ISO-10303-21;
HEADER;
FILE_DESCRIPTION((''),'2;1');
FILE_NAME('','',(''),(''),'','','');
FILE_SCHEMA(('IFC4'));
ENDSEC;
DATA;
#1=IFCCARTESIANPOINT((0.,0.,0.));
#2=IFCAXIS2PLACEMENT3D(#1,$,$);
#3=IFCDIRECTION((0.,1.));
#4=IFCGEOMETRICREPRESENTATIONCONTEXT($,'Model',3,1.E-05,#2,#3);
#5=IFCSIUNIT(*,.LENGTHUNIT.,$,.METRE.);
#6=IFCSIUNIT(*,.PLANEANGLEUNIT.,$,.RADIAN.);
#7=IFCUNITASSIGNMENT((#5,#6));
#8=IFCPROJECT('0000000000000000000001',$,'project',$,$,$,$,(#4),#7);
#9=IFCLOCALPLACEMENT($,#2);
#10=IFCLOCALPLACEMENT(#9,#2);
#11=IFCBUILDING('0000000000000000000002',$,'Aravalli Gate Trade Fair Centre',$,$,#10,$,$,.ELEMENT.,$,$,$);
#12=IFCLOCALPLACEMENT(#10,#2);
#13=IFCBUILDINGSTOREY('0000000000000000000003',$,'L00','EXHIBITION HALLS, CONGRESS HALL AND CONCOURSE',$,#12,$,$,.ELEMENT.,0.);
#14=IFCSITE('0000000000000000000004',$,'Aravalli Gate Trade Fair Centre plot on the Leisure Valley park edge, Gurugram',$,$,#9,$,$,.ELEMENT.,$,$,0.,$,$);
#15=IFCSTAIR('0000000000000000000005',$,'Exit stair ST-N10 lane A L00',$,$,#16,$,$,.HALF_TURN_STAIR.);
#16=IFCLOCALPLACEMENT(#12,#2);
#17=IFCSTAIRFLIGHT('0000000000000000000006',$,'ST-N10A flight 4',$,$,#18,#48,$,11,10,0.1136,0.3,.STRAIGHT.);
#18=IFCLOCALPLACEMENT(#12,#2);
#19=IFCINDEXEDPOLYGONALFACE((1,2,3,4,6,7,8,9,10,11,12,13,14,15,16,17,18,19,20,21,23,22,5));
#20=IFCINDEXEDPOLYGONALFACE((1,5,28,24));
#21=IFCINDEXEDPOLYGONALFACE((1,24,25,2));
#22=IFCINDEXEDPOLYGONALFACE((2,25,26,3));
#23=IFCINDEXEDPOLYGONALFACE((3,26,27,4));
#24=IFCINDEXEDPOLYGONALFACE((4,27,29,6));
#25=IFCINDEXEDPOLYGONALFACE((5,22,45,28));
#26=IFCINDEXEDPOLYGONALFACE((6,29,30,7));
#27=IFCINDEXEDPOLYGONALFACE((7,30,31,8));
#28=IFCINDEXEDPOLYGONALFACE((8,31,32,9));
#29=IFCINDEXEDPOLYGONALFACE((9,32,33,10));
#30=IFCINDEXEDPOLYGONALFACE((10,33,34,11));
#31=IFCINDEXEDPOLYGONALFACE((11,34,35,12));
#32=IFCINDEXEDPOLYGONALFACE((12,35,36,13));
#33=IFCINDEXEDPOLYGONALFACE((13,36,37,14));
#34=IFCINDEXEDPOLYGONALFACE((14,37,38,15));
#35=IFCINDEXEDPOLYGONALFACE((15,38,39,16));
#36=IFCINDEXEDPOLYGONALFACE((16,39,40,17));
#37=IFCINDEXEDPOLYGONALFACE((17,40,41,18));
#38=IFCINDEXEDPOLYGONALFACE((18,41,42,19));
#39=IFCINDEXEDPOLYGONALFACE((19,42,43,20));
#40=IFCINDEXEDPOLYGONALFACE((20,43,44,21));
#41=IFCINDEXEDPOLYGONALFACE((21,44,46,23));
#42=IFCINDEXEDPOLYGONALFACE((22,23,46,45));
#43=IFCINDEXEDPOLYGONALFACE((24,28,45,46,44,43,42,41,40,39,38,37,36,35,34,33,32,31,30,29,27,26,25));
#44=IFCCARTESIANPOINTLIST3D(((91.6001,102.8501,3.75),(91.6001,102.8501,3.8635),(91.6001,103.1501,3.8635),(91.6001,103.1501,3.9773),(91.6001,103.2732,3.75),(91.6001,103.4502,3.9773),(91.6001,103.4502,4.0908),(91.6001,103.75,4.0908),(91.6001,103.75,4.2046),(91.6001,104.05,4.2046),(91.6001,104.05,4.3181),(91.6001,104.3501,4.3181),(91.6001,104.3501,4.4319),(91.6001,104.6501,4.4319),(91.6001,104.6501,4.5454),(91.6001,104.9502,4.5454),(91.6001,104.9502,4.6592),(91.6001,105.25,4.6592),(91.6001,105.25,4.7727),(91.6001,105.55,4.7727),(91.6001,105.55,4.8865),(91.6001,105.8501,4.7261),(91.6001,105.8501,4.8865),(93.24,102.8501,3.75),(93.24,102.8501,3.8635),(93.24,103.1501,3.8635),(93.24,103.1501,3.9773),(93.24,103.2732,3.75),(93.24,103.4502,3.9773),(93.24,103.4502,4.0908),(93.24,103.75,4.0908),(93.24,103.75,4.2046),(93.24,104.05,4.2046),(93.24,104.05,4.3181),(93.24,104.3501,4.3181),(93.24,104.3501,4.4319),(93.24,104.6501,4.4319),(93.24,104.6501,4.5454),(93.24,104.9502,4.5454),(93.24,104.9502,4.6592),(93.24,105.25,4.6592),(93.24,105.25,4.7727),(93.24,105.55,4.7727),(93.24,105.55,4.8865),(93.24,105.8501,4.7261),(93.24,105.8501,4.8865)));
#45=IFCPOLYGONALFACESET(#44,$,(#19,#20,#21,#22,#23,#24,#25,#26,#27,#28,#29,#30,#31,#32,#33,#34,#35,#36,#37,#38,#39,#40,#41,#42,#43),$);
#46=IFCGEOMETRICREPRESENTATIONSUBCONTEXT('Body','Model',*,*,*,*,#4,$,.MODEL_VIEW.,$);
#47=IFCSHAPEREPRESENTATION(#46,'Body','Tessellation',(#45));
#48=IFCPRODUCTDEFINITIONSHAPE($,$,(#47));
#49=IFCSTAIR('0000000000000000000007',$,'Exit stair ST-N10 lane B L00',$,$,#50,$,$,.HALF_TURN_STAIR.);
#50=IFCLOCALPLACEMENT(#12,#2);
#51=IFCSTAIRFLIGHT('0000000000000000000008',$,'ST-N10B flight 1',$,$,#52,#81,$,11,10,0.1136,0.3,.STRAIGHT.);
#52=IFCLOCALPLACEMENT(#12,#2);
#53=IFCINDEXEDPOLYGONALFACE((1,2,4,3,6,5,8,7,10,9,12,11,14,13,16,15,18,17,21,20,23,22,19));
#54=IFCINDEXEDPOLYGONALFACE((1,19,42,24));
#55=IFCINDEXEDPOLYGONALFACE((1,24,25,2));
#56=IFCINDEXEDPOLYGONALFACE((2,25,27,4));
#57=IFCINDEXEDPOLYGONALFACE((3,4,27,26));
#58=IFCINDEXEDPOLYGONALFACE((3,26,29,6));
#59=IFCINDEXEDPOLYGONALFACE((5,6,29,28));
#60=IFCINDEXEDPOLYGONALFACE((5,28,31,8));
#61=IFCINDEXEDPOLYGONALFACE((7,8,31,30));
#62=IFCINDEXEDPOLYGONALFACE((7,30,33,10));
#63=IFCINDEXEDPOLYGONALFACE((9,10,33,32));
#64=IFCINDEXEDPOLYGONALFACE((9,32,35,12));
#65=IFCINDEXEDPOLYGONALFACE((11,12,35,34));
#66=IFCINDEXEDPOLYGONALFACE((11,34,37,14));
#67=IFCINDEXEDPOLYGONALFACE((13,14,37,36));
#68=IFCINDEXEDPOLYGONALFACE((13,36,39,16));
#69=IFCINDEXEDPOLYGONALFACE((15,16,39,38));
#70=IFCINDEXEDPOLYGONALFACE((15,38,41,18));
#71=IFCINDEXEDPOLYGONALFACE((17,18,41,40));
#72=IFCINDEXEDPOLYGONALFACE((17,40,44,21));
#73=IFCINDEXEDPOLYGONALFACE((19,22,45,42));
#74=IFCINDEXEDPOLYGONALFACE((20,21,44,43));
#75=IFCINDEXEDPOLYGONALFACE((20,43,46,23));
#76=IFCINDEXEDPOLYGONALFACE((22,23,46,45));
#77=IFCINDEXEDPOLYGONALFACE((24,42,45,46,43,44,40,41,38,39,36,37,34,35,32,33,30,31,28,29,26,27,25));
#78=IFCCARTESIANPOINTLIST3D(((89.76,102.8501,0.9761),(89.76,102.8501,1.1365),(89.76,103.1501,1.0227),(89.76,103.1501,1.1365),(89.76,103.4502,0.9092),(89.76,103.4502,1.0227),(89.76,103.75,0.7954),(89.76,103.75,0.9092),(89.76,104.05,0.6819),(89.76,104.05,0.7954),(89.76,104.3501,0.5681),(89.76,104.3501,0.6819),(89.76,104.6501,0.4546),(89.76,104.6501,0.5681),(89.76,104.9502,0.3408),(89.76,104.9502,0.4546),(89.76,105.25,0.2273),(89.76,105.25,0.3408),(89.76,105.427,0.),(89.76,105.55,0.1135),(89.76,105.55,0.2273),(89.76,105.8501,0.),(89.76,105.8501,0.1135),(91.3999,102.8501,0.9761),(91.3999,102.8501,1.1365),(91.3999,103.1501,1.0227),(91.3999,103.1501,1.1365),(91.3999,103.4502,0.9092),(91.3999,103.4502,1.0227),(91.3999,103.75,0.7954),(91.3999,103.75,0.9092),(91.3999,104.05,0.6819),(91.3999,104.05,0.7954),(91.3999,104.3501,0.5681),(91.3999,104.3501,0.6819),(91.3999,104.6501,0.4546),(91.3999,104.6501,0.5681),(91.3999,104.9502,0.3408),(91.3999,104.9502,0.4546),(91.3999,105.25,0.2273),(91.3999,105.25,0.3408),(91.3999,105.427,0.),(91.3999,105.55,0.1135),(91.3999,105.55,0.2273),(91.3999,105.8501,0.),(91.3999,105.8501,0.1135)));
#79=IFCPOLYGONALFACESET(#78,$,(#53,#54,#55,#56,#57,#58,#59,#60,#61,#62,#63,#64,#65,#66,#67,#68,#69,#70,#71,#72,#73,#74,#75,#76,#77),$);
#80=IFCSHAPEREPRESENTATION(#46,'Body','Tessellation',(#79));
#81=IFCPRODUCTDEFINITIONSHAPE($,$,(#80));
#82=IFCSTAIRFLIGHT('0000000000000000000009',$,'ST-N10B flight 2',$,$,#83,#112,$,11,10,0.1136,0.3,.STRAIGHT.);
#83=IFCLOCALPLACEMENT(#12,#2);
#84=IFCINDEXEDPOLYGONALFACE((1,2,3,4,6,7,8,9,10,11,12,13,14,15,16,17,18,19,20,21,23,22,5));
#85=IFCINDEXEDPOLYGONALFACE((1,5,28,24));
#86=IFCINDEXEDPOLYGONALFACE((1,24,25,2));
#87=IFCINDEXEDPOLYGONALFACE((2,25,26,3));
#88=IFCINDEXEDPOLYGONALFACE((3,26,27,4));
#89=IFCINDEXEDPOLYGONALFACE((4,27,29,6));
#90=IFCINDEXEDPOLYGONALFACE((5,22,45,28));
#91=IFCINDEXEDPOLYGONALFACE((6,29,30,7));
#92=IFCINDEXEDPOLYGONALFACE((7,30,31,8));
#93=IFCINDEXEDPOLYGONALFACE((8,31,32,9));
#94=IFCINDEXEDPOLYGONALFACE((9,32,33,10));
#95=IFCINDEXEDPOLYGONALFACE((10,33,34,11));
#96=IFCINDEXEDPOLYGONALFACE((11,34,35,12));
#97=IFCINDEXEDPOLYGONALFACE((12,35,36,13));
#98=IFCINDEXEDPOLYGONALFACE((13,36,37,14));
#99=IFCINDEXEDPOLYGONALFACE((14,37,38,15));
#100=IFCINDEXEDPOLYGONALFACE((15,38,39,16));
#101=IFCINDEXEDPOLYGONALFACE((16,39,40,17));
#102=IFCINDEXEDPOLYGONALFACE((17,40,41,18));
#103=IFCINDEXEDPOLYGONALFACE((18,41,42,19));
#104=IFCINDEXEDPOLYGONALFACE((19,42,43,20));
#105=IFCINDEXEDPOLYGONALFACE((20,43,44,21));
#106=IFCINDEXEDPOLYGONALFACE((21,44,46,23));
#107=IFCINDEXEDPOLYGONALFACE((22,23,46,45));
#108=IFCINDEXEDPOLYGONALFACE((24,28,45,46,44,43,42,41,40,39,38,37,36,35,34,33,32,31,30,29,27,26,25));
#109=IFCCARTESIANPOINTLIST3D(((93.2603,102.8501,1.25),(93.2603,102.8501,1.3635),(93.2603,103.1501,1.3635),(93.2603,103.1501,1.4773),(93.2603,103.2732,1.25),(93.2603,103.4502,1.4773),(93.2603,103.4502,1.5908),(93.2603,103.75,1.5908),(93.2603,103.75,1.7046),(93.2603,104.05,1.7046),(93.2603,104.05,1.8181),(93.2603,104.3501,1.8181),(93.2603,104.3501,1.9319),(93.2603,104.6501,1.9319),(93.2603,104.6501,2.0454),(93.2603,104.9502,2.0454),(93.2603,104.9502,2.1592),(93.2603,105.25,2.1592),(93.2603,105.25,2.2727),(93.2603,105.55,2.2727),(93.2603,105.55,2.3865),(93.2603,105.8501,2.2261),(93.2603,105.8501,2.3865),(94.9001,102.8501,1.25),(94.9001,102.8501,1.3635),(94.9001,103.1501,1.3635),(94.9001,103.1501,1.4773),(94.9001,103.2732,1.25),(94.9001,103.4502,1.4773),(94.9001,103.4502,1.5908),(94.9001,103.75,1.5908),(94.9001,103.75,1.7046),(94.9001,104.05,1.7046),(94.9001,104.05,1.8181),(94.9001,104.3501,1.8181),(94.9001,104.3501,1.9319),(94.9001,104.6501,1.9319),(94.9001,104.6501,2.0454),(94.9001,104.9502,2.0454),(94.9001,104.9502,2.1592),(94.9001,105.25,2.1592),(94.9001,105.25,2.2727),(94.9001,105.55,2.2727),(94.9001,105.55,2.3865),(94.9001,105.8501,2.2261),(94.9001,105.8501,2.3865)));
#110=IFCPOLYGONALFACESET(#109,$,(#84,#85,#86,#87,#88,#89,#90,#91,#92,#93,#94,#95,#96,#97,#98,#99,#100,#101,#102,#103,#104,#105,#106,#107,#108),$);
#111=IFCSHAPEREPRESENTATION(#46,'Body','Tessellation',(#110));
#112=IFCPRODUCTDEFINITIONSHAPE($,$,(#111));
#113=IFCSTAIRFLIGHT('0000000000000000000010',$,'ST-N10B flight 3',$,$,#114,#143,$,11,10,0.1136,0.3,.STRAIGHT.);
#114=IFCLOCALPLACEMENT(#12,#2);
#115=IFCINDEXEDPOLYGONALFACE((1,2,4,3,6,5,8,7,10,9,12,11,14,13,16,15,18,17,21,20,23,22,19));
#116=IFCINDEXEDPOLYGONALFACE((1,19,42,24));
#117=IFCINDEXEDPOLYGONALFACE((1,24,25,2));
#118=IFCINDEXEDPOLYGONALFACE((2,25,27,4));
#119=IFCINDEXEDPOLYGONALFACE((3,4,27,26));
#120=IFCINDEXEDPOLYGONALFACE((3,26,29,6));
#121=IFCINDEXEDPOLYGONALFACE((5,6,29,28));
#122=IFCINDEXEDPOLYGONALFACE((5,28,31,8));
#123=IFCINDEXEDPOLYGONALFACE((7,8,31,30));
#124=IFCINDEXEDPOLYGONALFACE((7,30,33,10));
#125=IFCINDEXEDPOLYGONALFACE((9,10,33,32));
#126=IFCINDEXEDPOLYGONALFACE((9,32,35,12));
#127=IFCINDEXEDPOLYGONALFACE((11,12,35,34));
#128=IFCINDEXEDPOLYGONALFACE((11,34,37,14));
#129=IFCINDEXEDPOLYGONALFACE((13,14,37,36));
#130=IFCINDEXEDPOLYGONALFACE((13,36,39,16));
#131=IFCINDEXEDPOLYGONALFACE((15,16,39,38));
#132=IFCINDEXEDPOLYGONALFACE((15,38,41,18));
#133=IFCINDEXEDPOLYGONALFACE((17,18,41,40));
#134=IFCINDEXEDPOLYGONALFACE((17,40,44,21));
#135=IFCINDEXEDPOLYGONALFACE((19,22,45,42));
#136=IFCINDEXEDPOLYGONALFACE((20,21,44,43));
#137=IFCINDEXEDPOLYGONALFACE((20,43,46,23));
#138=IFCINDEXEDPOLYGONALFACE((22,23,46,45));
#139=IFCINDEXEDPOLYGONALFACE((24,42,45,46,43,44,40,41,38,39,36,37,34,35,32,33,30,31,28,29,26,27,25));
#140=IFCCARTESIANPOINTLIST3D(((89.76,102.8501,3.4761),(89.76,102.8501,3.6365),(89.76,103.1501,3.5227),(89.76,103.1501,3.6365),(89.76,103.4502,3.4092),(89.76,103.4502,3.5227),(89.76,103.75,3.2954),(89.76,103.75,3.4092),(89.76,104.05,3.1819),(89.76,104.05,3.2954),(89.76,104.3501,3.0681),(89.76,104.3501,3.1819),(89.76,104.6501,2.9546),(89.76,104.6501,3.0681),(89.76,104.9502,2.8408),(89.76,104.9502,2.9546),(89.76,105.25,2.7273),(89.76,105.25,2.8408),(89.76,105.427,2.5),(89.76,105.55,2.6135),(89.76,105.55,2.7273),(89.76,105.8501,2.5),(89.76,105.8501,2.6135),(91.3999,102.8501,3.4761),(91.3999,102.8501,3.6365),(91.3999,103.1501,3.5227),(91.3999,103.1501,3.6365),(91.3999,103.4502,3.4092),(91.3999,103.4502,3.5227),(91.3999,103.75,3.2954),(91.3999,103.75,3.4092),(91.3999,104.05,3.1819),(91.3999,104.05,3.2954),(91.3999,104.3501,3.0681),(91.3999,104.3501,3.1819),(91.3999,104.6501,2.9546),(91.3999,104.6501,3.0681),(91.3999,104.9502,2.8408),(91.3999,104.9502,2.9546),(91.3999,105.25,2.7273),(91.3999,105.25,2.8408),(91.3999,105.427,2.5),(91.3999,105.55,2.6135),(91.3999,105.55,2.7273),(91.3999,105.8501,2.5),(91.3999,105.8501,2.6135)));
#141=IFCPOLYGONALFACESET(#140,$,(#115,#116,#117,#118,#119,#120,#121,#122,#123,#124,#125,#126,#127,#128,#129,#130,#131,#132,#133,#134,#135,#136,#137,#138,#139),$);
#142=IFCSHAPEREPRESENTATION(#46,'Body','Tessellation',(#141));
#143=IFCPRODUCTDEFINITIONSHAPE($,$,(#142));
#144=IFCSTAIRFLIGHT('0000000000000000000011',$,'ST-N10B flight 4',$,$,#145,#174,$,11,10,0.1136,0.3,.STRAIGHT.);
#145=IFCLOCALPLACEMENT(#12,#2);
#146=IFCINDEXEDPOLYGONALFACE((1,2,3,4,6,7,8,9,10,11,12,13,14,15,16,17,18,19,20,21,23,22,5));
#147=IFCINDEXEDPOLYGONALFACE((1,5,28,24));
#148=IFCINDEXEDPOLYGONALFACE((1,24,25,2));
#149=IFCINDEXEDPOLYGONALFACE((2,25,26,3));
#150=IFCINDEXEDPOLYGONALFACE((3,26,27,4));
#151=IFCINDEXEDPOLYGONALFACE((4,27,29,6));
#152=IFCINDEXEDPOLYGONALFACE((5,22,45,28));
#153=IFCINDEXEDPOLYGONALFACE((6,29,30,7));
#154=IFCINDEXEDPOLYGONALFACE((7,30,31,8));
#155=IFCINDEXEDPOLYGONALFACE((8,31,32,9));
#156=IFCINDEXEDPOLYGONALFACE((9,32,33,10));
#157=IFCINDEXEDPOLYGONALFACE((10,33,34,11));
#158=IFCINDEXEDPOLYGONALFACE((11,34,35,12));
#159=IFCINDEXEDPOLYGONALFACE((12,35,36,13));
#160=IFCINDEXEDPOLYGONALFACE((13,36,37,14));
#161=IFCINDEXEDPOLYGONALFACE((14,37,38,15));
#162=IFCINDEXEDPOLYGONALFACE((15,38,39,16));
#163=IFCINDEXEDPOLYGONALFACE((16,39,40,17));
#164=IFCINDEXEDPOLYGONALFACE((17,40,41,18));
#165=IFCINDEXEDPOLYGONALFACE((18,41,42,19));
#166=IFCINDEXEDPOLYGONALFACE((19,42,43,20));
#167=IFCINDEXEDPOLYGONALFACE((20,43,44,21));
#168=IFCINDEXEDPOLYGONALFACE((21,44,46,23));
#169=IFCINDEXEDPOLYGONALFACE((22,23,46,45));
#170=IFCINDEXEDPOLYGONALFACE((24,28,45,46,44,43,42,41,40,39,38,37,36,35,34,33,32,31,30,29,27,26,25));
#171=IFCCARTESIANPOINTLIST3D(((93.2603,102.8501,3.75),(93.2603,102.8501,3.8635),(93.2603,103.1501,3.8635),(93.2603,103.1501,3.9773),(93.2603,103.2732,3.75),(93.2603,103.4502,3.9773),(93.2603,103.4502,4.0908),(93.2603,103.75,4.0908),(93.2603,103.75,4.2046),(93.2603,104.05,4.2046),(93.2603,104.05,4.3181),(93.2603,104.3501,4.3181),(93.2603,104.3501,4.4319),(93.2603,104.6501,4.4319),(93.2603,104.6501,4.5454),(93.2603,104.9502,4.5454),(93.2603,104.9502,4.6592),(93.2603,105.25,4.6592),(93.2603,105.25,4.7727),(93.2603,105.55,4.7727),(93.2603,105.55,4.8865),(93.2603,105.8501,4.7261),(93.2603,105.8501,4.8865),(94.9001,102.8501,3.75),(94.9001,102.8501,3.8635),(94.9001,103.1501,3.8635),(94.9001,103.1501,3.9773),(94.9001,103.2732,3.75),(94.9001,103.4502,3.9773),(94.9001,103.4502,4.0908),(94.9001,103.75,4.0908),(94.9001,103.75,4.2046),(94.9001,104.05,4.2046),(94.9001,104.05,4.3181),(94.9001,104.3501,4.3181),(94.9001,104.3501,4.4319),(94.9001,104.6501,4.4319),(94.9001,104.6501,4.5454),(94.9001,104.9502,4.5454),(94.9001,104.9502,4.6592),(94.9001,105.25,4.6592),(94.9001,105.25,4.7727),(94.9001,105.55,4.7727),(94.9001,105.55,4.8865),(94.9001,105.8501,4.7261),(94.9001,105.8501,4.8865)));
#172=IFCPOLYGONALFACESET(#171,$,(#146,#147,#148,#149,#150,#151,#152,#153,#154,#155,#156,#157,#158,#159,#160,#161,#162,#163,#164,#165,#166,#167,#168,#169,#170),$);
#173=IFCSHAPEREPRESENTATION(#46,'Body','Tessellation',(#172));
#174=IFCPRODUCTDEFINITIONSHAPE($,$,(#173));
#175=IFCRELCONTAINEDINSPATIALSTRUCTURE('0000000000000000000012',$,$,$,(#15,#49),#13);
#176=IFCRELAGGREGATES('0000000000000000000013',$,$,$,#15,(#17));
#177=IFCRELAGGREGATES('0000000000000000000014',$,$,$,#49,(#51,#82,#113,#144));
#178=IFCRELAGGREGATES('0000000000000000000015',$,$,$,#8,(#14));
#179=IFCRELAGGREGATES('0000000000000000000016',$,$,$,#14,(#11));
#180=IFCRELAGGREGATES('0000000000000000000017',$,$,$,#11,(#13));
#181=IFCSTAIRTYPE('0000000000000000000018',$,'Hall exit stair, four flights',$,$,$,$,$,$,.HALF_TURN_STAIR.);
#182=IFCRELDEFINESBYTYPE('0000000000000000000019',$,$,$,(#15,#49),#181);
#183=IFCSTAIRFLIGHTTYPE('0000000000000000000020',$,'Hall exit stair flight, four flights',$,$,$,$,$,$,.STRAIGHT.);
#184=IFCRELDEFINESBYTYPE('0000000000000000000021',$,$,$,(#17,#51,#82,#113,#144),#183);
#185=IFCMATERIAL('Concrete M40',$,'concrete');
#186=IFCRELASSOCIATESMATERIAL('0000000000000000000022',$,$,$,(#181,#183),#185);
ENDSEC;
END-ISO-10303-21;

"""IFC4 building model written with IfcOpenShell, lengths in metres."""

from ifc_helpers import new_model, si_unit, direction, frame, origin, place, context, subcontext, project, spatial, polyline, outline, extrude, material, type_object, element, aggregate, save


model = new_model("IFC4")

# Units and contexts
model_context = context("Model", 3, precision=1e-05, world=origin(), true_north=direction((0.0, 1.0)))
body_context = subcontext(model_context, "Body", "Model", "MODEL_VIEW")
ifc_project = project(units=[si_unit("LENGTHUNIT", "METRE"), si_unit("PLANEANGLEUNIT", "RADIAN")], contexts=[model_context])

# Site, building, storey
site_placement = place(None, origin())
site = spatial("IfcSite", under=ifc_project, at=site_placement, Name="Aravalli Gate Trade Fair Centre plot on the Leisure Valley park edge, Gurugram", CompositionType="ELEMENT", RefElevation=0.0)
building_placement = place(site_placement, origin())
building = spatial("IfcBuilding", under=site, at=building_placement, Name="Aravalli Gate Trade Fair Centre", CompositionType="ELEMENT")
storey_placement = place(building_placement, origin())
storey = spatial("IfcBuildingStorey", under=building, at=storey_placement, Name="L00", Description="EXHIBITION HALLS, CONGRESS HALL AND CONCOURSE", CompositionType="ELEMENT", Elevation=0.0)

# Shared definitions
ifc_material_1 = material(Name="Concrete M40", Category="concrete")

# Stairs, stair flights
stair_type = type_object("IfcStairType", Name="Hall exit stair, four flights", PredefinedType="HALF_TURN_STAIR", material=ifc_material_1)
stair_1_placement = place(storey_placement, origin())
stair_1 = element("IfcStair", 1, at=stair_1_placement, inside=storey, type_object=stair_type, Name="Exit stair ST-N10 lane A L00", PredefinedType="HALF_TURN_STAIR")
stair_flight_type = type_object("IfcStairFlightType", Name="Hall exit stair flight, four flights", PredefinedType="STRAIGHT", material=ifc_material_1)
stair_flight_1_placement = place(storey_placement, frame((92.4199, 102.8501, 3.75), z_axis=(0.0, 0.0, 1.0), x_axis=(0.0, 1.0, 0.0)))
stair_flight_1 = element("IfcStairFlight", 2, at=stair_flight_1_placement, type_object=stair_flight_type, Name="ST-N10A flight 4", NumberOfRisers=11, NumberOfTreads=10, PredefinedType="STRAIGHT", RiserHeight=0.1136, TreadLength=0.3, context=body_context, shape_type="SweptSolid", body=[
    extrude(outline(polyline([(0.0, 0.0), (0.0, 0.1135), (0.3, 0.1135), (0.3, 0.2273), (0.6001, 0.2273), (0.6001, 0.3408), (0.8999, 0.3408), (0.8999, 0.4546), (1.2, 0.4546), (1.2, 0.5681), (1.5, 0.5681), (1.5, 0.6819), (1.8, 0.6819), (1.8, 0.7954), (2.1001, 0.7954), (2.1001, 0.9092), (2.3999, 0.9092), (2.3999, 1.0227), (2.7, 1.0227), (2.7, 1.1365), (3.0, 1.1365), (3.0, 1.25), (3.0, 0.9761), (0.4231, 0.0), (0.0, 0.0)])), frame((0.0, 0.8198, 0.0), z_axis=(0.0, -1.0, 0.0), x_axis=(1.0, 0.0, 0.0)), (0.0, 0.0, 1.0), 1.6399),
])
aggregate(stair_1, [stair_flight_1])
stair_2_placement = place(storey_placement, origin())
stair_2 = element("IfcStair", 3, at=stair_2_placement, inside=storey, type_object=stair_type, Name="Exit stair ST-N10 lane B L00", PredefinedType="HALF_TURN_STAIR")
stair_flight_2_placement = place(storey_placement, frame((90.5801, 105.8501, 0.0), z_axis=(0.0, 0.0, 1.0), x_axis=(0.0, -1.0, 0.0)))
stair_flight_2 = element("IfcStairFlight", 4, at=stair_flight_2_placement, type_object=stair_flight_type, Name="ST-N10B flight 1", NumberOfRisers=11, NumberOfTreads=10, PredefinedType="STRAIGHT", RiserHeight=0.1136, TreadLength=0.3, context=body_context, shape_type="SweptSolid", body=[
    extrude(outline(polyline([(0.0, 0.0), (0.0, 0.1135), (0.3, 0.1135), (0.3, 0.2273), (0.6001, 0.2273), (0.6001, 0.3408), (0.8999, 0.3408), (0.8999, 0.4546), (1.2, 0.4546), (1.2, 0.5681), (1.5, 0.5681), (1.5, 0.6819), (1.8, 0.6819), (1.8, 0.7954), (2.1001, 0.7954), (2.1001, 0.9092), (2.3999, 0.9092), (2.3999, 1.0227), (2.7, 1.0227), (2.7, 1.1365), (3.0, 1.1365), (3.0, 1.25), (3.0, 0.9761), (0.4231, 0.0), (0.0, 0.0)])), frame((0.0, 0.8198, 0.0), z_axis=(0.0, -1.0, 0.0), x_axis=(1.0, 0.0, 0.0)), (0.0, 0.0, 1.0), 1.6399),
])
stair_flight_3_placement = place(storey_placement, frame((94.0801, 102.8501, 1.25), z_axis=(0.0, 0.0, 1.0), x_axis=(0.0, 1.0, 0.0)))
stair_flight_3 = element("IfcStairFlight", 5, at=stair_flight_3_placement, type_object=stair_flight_type, Name="ST-N10B flight 2", NumberOfRisers=11, NumberOfTreads=10, PredefinedType="STRAIGHT", RiserHeight=0.1136, TreadLength=0.3, context=body_context, shape_type="SweptSolid", body=[
    extrude(outline(polyline([(0.0, 0.0), (0.0, 0.1135), (0.3, 0.1135), (0.3, 0.2273), (0.6001, 0.2273), (0.6001, 0.3408), (0.8999, 0.3408), (0.8999, 0.4546), (1.2, 0.4546), (1.2, 0.5681), (1.5, 0.5681), (1.5, 0.6819), (1.8, 0.6819), (1.8, 0.7954), (2.1001, 0.7954), (2.1001, 0.9092), (2.3999, 0.9092), (2.3999, 1.0227), (2.7, 1.0227), (2.7, 1.1365), (3.0, 1.1365), (3.0, 1.25), (3.0, 0.9761), (0.4231, 0.0), (0.0, 0.0)])), frame((0.0, 0.8198, 0.0), z_axis=(0.0, -1.0, 0.0), x_axis=(1.0, 0.0, 0.0)), (0.0, 0.0, 1.0), 1.6399),
])
stair_flight_4_placement = place(storey_placement, frame((90.5801, 105.8501, 2.5), z_axis=(0.0, 0.0, 1.0), x_axis=(0.0, -1.0, 0.0)))
stair_flight_4 = element("IfcStairFlight", 6, at=stair_flight_4_placement, type_object=stair_flight_type, Name="ST-N10B flight 3", NumberOfRisers=11, NumberOfTreads=10, PredefinedType="STRAIGHT", RiserHeight=0.1136, TreadLength=0.3, context=body_context, shape_type="SweptSolid", body=[
    extrude(outline(polyline([(0.0, 0.0), (0.0, 0.1135), (0.3, 0.1135), (0.3, 0.2273), (0.6001, 0.2273), (0.6001, 0.3408), (0.8999, 0.3408), (0.8999, 0.4546), (1.2, 0.4546), (1.2, 0.5681), (1.5, 0.5681), (1.5, 0.6819), (1.8, 0.6819), (1.8, 0.7954), (2.1001, 0.7954), (2.1001, 0.9092), (2.3999, 0.9092), (2.3999, 1.0227), (2.7, 1.0227), (2.7, 1.1365), (3.0, 1.1365), (3.0, 1.25), (3.0, 0.9761), (0.4231, 0.0), (0.0, 0.0)])), frame((0.0, 0.8198, 0.0), z_axis=(0.0, -1.0, 0.0), x_axis=(1.0, 0.0, 0.0)), (0.0, 0.0, 1.0), 1.6399),
])
stair_flight_5_placement = place(storey_placement, frame((94.0801, 102.8501, 3.75), z_axis=(0.0, 0.0, 1.0), x_axis=(0.0, 1.0, 0.0)))
stair_flight_5 = element("IfcStairFlight", 7, at=stair_flight_5_placement, type_object=stair_flight_type, Name="ST-N10B flight 4", NumberOfRisers=11, NumberOfTreads=10, PredefinedType="STRAIGHT", RiserHeight=0.1136, TreadLength=0.3, context=body_context, shape_type="SweptSolid", body=[
    extrude(outline(polyline([(0.0, 0.0), (0.0, 0.1135), (0.3, 0.1135), (0.3, 0.2273), (0.6001, 0.2273), (0.6001, 0.3408), (0.8999, 0.3408), (0.8999, 0.4546), (1.2, 0.4546), (1.2, 0.5681), (1.5, 0.5681), (1.5, 0.6819), (1.8, 0.6819), (1.8, 0.7954), (2.1001, 0.7954), (2.1001, 0.9092), (2.3999, 0.9092), (2.3999, 1.0227), (2.7, 1.0227), (2.7, 1.1365), (3.0, 1.1365), (3.0, 1.25), (3.0, 0.9761), (0.4231, 0.0), (0.0, 0.0)])), frame((0.0, 0.8198, 0.0), z_axis=(0.0, -1.0, 0.0), x_axis=(1.0, 0.0, 0.0)), (0.0, 0.0, 1.0), 1.6399),
])
aggregate(stair_2, [stair_flight_2, stair_flight_3, stair_flight_4, stair_flight_5])

save(model, "model.ifc")
